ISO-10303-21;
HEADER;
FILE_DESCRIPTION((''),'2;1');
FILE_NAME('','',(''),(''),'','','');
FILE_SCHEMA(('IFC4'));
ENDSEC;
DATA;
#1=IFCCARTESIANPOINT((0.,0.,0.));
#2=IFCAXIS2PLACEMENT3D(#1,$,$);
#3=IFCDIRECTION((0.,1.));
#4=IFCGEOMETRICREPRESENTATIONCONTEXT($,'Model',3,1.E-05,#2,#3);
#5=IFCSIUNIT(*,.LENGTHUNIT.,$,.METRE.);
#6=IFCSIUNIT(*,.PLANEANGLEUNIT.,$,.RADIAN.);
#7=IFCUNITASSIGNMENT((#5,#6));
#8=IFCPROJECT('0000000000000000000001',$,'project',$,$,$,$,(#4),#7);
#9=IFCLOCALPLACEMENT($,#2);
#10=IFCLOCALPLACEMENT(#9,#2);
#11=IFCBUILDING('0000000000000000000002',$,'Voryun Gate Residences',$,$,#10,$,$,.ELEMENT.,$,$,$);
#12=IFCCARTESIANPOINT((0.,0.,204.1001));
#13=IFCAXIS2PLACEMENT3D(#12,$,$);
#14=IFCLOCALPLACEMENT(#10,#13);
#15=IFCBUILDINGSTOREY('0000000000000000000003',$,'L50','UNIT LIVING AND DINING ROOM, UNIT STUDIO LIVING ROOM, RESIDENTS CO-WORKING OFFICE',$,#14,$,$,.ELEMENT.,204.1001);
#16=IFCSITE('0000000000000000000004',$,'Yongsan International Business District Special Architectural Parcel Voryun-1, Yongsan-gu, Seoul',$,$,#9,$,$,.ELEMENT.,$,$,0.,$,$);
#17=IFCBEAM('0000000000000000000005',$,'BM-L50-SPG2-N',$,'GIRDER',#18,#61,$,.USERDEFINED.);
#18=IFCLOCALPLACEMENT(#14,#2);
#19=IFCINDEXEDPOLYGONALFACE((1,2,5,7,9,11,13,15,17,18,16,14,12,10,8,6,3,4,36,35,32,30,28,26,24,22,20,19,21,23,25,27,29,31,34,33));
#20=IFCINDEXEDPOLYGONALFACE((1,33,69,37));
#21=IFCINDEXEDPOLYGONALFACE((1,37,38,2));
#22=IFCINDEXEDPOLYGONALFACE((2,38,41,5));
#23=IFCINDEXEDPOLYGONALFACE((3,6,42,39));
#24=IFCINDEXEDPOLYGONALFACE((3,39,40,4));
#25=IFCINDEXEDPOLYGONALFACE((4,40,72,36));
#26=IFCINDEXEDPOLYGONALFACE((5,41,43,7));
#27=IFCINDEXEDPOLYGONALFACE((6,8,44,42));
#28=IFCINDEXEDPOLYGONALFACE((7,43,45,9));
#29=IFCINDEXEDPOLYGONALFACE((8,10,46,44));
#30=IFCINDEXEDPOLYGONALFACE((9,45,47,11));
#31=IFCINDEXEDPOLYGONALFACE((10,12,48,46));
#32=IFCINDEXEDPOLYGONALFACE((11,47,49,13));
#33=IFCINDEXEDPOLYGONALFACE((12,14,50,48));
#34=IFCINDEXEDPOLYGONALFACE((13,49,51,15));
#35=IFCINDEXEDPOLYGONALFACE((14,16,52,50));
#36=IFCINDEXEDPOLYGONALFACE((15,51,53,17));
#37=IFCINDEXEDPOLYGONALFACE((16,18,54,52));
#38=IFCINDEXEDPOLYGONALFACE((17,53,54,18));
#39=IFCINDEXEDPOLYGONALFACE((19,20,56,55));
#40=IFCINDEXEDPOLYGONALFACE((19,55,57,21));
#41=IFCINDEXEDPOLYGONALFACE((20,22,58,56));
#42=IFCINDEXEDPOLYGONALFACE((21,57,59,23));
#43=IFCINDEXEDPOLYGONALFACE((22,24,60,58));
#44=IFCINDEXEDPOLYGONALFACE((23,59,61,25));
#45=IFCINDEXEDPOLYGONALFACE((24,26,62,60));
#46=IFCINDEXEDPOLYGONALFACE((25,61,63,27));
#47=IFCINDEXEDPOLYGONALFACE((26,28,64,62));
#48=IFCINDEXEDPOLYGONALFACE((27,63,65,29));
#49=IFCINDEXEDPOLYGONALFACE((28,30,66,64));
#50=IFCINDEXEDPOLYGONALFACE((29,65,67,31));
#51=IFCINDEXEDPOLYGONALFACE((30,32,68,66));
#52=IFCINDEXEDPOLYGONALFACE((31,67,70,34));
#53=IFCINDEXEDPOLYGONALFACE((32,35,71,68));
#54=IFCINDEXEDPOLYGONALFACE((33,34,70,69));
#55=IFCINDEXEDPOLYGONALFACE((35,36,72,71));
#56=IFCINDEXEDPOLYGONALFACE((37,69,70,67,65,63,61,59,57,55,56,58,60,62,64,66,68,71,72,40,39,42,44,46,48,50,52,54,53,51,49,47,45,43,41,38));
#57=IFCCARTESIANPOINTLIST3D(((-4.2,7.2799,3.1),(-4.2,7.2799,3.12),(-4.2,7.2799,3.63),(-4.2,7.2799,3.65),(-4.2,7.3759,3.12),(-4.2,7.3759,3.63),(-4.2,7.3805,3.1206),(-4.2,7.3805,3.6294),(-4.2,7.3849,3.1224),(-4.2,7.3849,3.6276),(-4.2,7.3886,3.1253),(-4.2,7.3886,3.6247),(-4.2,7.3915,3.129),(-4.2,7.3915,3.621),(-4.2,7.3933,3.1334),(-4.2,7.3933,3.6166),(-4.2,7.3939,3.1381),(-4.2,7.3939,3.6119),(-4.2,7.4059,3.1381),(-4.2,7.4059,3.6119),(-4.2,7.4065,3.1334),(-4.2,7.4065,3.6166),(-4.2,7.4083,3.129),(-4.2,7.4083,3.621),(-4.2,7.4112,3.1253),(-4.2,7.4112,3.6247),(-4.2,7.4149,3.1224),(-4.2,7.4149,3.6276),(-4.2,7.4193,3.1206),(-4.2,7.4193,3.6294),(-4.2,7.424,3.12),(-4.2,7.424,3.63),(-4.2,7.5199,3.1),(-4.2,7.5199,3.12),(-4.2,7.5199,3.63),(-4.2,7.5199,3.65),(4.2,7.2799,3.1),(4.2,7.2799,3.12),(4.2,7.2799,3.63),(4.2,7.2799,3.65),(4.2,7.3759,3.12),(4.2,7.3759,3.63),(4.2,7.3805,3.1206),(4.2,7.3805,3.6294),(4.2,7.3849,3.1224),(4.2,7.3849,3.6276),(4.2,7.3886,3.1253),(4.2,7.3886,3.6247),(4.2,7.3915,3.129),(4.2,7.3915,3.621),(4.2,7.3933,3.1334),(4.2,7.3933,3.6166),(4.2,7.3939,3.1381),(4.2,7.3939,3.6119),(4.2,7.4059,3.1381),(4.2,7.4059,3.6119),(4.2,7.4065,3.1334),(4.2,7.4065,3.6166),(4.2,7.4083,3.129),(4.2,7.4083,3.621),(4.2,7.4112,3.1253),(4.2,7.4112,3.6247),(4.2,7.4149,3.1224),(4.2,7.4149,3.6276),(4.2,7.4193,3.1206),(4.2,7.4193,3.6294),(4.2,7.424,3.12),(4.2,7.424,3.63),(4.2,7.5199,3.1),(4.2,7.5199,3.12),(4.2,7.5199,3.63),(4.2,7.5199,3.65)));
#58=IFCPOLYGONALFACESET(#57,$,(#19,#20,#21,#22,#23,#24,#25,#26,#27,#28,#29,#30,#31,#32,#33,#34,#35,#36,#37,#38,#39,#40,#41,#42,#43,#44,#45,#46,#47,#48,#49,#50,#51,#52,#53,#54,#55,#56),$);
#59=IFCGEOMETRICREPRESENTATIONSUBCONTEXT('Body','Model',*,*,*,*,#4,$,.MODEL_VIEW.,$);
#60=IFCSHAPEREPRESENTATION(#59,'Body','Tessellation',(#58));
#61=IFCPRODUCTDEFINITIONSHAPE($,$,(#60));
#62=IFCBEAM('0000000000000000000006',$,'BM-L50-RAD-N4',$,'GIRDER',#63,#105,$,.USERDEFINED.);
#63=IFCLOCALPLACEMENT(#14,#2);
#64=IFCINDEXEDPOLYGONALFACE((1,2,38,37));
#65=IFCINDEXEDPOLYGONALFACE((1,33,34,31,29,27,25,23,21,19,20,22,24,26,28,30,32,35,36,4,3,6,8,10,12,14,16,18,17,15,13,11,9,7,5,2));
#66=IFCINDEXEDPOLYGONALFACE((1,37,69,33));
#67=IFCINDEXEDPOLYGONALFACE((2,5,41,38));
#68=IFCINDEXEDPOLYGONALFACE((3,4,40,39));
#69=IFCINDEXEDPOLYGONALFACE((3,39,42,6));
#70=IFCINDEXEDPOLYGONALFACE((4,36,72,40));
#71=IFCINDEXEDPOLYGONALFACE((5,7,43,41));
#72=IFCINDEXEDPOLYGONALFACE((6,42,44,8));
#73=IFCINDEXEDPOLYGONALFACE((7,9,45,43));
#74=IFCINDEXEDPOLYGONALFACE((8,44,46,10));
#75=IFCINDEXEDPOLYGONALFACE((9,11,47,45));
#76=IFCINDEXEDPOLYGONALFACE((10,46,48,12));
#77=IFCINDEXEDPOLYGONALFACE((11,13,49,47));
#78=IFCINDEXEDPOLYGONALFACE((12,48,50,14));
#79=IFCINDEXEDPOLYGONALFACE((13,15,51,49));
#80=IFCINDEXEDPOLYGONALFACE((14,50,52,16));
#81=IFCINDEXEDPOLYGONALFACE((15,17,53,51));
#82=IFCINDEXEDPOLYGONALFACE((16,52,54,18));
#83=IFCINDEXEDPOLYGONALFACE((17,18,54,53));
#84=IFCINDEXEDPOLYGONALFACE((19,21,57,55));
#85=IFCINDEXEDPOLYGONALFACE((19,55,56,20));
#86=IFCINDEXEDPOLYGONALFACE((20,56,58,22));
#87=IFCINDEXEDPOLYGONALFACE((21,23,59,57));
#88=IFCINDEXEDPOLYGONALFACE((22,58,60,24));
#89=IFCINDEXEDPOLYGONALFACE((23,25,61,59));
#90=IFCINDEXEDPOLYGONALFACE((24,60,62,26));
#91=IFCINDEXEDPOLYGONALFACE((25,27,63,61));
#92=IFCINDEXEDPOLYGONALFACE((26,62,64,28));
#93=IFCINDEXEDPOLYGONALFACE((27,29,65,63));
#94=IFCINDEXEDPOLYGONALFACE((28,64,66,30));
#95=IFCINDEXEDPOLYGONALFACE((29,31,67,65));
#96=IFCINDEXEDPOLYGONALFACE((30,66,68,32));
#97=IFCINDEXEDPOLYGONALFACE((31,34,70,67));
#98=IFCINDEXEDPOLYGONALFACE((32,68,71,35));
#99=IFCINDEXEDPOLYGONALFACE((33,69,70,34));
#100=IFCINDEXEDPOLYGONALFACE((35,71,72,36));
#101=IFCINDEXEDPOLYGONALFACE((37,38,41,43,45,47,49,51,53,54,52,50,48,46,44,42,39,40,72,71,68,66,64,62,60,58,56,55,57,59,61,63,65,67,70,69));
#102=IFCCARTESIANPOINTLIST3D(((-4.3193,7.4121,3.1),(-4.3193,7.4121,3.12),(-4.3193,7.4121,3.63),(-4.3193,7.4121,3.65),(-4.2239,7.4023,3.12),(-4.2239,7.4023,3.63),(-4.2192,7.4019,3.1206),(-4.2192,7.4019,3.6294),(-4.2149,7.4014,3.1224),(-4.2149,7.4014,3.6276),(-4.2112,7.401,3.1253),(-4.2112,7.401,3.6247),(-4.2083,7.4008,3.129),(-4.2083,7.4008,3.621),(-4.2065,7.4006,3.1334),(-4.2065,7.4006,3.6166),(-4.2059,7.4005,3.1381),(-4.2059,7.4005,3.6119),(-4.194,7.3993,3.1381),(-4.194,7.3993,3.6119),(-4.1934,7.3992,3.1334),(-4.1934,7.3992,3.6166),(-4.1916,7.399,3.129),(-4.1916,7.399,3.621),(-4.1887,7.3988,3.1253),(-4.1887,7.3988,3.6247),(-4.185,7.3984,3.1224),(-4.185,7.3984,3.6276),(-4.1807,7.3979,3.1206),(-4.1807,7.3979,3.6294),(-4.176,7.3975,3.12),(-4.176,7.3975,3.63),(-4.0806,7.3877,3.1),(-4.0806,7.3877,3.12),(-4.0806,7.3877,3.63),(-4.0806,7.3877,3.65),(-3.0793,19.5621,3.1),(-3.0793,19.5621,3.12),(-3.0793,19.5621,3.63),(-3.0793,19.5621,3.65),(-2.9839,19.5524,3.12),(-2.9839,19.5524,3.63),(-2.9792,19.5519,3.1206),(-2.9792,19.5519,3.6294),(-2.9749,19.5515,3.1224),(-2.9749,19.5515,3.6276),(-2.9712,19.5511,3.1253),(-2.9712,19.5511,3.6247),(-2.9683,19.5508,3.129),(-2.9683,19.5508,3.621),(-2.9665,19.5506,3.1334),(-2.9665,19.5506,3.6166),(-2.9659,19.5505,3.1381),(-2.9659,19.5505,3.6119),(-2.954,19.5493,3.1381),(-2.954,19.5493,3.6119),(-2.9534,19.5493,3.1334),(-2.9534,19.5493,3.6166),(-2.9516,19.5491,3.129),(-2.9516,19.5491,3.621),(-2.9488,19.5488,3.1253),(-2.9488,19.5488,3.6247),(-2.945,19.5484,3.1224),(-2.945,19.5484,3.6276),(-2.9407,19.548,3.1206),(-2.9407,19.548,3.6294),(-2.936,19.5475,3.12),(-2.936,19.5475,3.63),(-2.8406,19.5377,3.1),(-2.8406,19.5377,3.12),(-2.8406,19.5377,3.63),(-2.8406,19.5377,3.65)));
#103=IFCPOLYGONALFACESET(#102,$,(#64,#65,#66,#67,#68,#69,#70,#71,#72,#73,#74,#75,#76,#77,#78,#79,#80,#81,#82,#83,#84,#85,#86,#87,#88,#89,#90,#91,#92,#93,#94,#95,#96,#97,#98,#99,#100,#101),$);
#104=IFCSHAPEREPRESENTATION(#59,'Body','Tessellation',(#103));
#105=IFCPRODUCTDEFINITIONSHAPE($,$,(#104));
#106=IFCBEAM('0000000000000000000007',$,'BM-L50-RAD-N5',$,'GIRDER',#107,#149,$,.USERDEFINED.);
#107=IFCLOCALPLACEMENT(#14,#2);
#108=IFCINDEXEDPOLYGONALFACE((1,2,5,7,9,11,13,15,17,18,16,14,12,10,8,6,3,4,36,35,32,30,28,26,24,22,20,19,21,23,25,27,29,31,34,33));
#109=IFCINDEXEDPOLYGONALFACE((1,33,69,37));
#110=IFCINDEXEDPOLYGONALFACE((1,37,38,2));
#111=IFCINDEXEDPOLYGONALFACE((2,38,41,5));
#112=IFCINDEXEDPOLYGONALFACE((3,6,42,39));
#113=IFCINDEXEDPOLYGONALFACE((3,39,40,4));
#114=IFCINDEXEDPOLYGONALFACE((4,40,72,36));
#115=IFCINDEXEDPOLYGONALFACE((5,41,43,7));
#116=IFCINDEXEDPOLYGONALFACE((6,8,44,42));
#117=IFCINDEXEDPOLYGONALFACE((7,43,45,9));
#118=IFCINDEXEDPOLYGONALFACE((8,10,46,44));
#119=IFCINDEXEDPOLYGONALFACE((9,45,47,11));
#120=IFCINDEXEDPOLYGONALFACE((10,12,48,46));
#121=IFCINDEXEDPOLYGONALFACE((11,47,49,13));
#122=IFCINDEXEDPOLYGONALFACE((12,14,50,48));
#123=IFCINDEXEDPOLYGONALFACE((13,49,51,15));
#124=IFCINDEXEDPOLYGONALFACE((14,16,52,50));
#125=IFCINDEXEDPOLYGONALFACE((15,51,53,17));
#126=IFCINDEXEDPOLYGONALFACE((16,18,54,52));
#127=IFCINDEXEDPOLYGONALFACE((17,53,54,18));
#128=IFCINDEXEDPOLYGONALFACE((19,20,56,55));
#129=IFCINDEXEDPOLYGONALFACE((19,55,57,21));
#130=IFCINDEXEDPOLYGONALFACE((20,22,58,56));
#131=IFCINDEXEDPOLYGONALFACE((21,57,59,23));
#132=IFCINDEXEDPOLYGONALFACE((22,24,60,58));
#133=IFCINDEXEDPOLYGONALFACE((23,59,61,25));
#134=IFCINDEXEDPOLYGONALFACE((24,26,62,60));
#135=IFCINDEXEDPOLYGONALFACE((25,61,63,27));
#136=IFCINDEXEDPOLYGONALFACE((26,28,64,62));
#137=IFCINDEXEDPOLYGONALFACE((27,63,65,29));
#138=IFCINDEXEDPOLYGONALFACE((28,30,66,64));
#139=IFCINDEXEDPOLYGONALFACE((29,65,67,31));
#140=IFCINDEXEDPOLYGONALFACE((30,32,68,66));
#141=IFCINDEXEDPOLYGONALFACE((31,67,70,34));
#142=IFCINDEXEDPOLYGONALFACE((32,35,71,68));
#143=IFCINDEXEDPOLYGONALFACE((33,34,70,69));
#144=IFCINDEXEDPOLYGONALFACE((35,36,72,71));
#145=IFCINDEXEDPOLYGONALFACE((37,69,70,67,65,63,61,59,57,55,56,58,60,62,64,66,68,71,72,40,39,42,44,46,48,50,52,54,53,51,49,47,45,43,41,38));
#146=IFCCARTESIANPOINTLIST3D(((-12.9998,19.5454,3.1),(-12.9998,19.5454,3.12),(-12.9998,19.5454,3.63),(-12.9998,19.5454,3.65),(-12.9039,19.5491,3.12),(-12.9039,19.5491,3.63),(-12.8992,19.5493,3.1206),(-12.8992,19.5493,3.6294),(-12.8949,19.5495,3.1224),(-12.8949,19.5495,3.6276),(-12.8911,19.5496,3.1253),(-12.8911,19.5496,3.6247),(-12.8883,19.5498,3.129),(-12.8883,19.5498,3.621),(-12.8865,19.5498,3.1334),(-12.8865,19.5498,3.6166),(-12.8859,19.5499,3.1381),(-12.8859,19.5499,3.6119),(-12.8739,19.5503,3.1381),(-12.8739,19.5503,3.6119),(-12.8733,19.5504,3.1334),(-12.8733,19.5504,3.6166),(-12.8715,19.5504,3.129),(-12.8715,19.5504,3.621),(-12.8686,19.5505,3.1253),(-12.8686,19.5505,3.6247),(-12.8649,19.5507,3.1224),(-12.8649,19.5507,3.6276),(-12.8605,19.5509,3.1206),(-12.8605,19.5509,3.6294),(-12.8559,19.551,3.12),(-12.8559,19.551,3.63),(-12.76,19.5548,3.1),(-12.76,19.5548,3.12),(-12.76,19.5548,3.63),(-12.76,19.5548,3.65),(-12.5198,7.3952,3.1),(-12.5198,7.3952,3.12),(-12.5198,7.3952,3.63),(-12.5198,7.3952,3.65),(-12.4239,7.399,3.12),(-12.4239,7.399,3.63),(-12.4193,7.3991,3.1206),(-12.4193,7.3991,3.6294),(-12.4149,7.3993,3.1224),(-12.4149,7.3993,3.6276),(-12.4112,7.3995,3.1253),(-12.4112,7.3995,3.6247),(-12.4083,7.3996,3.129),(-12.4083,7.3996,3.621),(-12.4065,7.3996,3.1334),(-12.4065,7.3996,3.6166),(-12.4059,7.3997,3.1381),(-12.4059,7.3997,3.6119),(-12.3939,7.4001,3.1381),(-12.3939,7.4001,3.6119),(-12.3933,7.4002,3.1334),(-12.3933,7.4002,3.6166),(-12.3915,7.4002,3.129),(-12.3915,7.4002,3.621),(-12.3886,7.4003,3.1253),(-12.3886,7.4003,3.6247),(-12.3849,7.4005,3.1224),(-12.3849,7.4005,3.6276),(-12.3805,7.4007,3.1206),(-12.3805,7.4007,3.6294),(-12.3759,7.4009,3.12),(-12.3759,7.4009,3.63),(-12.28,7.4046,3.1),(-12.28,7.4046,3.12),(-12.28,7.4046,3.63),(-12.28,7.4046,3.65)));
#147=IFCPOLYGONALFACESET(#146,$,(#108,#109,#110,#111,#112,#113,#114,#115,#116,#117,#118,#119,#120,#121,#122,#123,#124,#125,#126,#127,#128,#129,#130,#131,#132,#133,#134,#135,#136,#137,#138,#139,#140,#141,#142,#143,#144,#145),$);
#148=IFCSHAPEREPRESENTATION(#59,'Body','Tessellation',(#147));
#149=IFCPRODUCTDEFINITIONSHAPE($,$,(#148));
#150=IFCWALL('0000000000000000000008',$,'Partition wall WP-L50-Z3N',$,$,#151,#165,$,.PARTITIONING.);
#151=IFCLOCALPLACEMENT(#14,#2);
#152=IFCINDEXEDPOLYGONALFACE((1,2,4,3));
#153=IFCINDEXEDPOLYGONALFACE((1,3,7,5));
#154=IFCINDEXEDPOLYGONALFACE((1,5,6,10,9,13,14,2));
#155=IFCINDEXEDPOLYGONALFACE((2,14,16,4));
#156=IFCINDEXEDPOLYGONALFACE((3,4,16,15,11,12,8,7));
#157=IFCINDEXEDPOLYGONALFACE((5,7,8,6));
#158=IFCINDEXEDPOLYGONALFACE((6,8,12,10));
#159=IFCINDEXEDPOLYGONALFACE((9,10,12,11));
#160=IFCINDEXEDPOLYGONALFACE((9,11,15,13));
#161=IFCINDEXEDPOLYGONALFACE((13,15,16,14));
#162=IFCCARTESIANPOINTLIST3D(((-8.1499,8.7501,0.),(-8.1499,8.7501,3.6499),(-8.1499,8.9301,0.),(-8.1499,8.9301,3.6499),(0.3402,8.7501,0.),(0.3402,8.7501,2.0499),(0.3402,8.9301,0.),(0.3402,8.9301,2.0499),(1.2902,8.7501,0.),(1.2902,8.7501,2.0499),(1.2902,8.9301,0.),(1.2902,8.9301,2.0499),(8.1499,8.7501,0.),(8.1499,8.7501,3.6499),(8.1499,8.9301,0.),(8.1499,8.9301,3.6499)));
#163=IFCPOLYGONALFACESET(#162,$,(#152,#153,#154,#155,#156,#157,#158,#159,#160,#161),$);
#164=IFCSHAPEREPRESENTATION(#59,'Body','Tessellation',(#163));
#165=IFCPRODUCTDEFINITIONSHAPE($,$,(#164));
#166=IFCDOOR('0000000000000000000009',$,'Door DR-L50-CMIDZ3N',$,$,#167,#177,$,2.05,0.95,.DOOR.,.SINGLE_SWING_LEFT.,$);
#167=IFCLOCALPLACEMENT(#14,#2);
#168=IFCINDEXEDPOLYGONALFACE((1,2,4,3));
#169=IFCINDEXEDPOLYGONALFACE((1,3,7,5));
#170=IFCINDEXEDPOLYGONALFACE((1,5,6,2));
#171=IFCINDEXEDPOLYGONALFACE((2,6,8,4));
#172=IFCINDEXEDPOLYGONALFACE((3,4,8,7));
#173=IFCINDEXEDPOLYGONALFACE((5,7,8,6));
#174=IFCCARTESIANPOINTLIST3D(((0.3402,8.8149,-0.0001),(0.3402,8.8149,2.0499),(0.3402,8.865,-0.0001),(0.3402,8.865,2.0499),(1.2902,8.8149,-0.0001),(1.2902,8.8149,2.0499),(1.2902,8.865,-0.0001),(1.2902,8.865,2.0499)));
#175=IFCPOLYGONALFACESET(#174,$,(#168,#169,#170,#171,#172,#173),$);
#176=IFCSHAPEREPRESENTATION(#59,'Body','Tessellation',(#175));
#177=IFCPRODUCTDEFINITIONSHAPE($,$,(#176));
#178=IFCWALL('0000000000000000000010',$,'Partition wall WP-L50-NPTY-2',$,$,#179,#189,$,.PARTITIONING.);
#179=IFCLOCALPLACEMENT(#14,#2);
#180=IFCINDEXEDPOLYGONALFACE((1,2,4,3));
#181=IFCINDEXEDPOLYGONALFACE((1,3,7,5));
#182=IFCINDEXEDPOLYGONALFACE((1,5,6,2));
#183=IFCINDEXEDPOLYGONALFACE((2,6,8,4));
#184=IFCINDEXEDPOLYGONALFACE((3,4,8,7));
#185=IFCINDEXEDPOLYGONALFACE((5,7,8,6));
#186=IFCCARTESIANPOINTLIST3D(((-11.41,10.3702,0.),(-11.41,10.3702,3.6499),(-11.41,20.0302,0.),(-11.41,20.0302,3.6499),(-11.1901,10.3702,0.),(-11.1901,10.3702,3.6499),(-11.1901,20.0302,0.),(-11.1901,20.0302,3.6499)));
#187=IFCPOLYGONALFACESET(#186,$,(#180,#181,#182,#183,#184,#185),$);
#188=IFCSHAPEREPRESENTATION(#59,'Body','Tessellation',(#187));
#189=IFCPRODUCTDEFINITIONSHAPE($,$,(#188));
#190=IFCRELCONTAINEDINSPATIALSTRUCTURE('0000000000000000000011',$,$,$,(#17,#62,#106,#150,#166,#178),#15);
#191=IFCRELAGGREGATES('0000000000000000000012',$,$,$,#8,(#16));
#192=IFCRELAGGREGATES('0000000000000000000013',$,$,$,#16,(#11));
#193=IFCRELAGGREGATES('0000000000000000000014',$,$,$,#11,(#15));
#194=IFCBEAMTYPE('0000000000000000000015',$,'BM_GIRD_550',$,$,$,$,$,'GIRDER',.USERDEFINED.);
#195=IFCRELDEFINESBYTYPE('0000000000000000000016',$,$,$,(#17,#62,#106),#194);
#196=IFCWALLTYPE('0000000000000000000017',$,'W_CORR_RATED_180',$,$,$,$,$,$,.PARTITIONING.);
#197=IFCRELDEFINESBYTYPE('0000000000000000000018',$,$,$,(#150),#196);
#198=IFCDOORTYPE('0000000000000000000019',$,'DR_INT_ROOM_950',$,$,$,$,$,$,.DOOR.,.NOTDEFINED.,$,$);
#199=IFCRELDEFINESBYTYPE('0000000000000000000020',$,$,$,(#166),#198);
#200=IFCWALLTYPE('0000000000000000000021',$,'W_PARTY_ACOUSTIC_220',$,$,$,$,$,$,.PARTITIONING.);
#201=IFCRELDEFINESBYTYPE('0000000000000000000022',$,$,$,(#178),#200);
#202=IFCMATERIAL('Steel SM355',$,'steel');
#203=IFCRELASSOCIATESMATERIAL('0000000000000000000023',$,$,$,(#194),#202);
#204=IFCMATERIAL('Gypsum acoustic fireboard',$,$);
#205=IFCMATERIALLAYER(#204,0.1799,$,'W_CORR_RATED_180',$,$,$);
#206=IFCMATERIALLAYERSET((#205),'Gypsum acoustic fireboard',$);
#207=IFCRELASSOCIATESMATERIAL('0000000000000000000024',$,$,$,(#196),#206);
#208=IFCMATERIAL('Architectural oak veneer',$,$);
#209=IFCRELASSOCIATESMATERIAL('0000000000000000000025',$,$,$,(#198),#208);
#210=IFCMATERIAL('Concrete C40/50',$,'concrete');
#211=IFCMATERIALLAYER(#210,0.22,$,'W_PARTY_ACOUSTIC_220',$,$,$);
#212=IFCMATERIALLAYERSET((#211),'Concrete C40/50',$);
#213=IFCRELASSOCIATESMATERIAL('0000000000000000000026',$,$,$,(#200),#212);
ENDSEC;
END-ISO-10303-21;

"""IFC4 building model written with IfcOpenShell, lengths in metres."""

from ifc_helpers import new_model, si_unit, direction, frame, frame_2d, origin, origin_2d, place, context, subcontext, project, spatial, rectangle, i_section, extrude, material, layer, layer_set, material_profile, profile_set, type_object, element, fill, save


model = new_model("IFC4")

# Units and contexts
model_context = context("Model", 3, precision=1e-05, world=origin(), true_north=direction((0.0, 1.0)))
body_context = subcontext(model_context, "Body", "Model", "MODEL_VIEW")
ifc_project = project(units=[si_unit("LENGTHUNIT", "METRE"), si_unit("PLANEANGLEUNIT", "RADIAN")], contexts=[model_context])

# Site, building, storey
site_placement = place(None, origin())
site = spatial("IfcSite", under=ifc_project, at=site_placement, Name="Yongsan International Business District Special Architectural Parcel Voryun-1, Yongsan-gu, Seoul", CompositionType="ELEMENT", RefElevation=0.0)
building_placement = place(site_placement, origin())
building = spatial("IfcBuilding", under=site, at=building_placement, Name="Voryun Gate Residences", CompositionType="ELEMENT")
storey_placement = place(building_placement, frame((0.0, 0.0, 204.1001)))
storey = spatial("IfcBuildingStorey", under=building, at=storey_placement, Name="L50", Description="UNIT LIVING AND DINING ROOM, UNIT STUDIO LIVING ROOM, RESIDENTS CO-WORKING OFFICE", CompositionType="ELEMENT", Elevation=204.1001)

# Beams
ifc_material_1 = material(Name="Steel SM355", Category="steel")
ifc_material_profile_1 = material_profile(ifc_material_1, i_section(OverallWidth=0.24, OverallDepth=0.55, WebThickness=0.012, FlangeThickness=0.02, FilletRadius=0.0181, at=origin_2d()), Name="H-550x240x12x20")
ifc_profile_set_1 = profile_set([ifc_material_profile_1], Name="Steel SM355")
beam_type_1 = type_object("IfcBeamType", Name="BM_GIRD_550", ElementType="GIRDER", PredefinedType="USERDEFINED", material=ifc_profile_set_1)
beam_1_placement = place(storey_placement, frame((-4.2, 7.3999, 3.375), z_axis=(1.0, 0.0, 0.0), x_axis=(0.0, 1.0, 0.0)))
element("IfcBeam", 1, at=beam_1_placement, inside=storey, type_object=beam_type_1, Name="BM-L50-SPG2-N", ObjectType="GIRDER", PredefinedType="USERDEFINED", context=body_context, shape_type="SweptSolid", body=[
    extrude(i_section(OverallWidth=0.24, OverallDepth=0.55, WebThickness=0.012, FlangeThickness=0.02, FilletRadius=0.0181, at=origin_2d()), origin(), (0.0, 0.0, 1.0), 8.3999),
])
beam_2_placement = place(storey_placement, frame((-4.2, 7.3999, 3.375), z_axis=(0.101528, 0.994833, 0.0), x_axis=(-0.994833, 0.101528, 0.0)))
element("IfcBeam", 2, at=beam_2_placement, inside=storey, type_object=beam_type_1, Name="BM-L50-RAD-N4", ObjectType="GIRDER", PredefinedType="USERDEFINED", context=body_context, shape_type="SweptSolid", body=[
    extrude(i_section(OverallWidth=0.24, OverallDepth=0.55, WebThickness=0.012, FlangeThickness=0.02, FilletRadius=0.0181, at=origin_2d()), origin(), (0.0, 0.0, 1.0), 12.2131),
])
beam_3_placement = place(storey_placement, frame((-12.3999, 7.3999, 3.375), z_axis=(-0.039473, 0.999221, 0.0), x_axis=(-0.999221, -0.039473, 0.0)))
element("IfcBeam", 3, at=beam_3_placement, inside=storey, type_object=beam_type_1, Name="BM-L50-RAD-N5", ObjectType="GIRDER", PredefinedType="USERDEFINED", context=body_context, shape_type="SweptSolid", body=[
    extrude(i_section(OverallWidth=0.24, OverallDepth=0.55, WebThickness=0.012, FlangeThickness=0.02, FilletRadius=0.0181, at=origin_2d()), origin(), (0.0, 0.0, 1.0), 12.1597),
])

# Wall, opening, door
ifc_material_2 = material(Name="Gypsum acoustic fireboard")
ifc_layer_1 = layer(ifc_material_2, 0.1799, Name="W_CORR_RATED_180")
ifc_layer_set_1 = layer_set([ifc_layer_1], Name="Gypsum acoustic fireboard")
wall_type_1 = type_object("IfcWallType", Name="W_CORR_RATED_180", PredefinedType="PARTITIONING", material=ifc_layer_set_1)
wall_1_placement = place(storey_placement, frame((-8.1499, 8.8401, 0.0), z_axis=(0.0, 0.0, 1.0), x_axis=(1.0, 0.0, 0.0)))
wall_1 = element("IfcWall", 4, at=wall_1_placement, inside=storey, type_object=wall_type_1, Name="Partition wall WP-L50-Z3N", PredefinedType="PARTITIONING", context=body_context, shape_type="SweptSolid", body=[
    extrude(rectangle(XDim=16.2998, YDim=0.1799, at=frame_2d((8.1499, 0.0))), origin(), (0.0, 0.0, 1.0), 3.6499),
])
opening_1_placement = place(wall_1_placement, frame((8.49, 0.0, 0.0)))
opening_1 = element("IfcOpeningElement", 5, at=opening_1_placement, cuts=wall_1, PredefinedType="OPENING", context=body_context, shape_type="SweptSolid", body=[
    extrude(rectangle(XDim=0.95, YDim=2.05, at=frame_2d((0.4751, 1.0249))), frame((0.0, 0.0999, 0.0), z_axis=(0.0, -1.0, 0.0), x_axis=(1.0, 0.0, 0.0)), (0.0, 0.0, 1.0), 0.2),
])
ifc_material_3 = material(Name="Architectural oak veneer")
door_type_1 = type_object("IfcDoorType", Name="DR_INT_ROOM_950", OperationType="NOTDEFINED", PredefinedType="DOOR", material=ifc_material_3)
door_1_placement = place(opening_1_placement, origin())
door_1 = element("IfcDoor", 6, at=door_1_placement, inside=storey, type_object=door_type_1, Name="Door DR-L50-CMIDZ3N", OperationType="SINGLE_SWING_LEFT", OverallHeight=2.05, OverallWidth=0.95, PredefinedType="DOOR", context=body_context, shape_type="SweptSolid", body=[
    extrude(rectangle(XDim=0.95, YDim=2.05, at=frame_2d((0.4751, 1.0249))), frame((0.0, 0.0249, 0.0), z_axis=(0.0, -1.0, 0.0), x_axis=(1.0, 0.0, 0.0)), (0.0, 0.0, 1.0), 0.05),
])
fill(opening_1, door_1)

# Wall
ifc_material_4 = material(Name="Concrete C40/50", Category="concrete")
ifc_layer_2 = layer(ifc_material_4, 0.22, Name="W_PARTY_ACOUSTIC_220")
ifc_layer_set_2 = layer_set([ifc_layer_2], Name="Concrete C40/50")
wall_type_2 = type_object("IfcWallType", Name="W_PARTY_ACOUSTIC_220", PredefinedType="PARTITIONING", material=ifc_layer_set_2)
for number, where, z_axis, x_axis, name in (
    (7, (-11.3, 10.3701, 0.0), (0.0, 0.0, 1.0), (0.0, 1.0, 0.0), "Partition wall WP-L50-NPTY-2"),
):
    element("IfcWall", number, at=place(storey_placement, frame(where, z_axis=z_axis, x_axis=x_axis)), inside=storey, type_object=wall_type_2, Name=name, PredefinedType="PARTITIONING", context=body_context, shape_type="SweptSolid", body=[
        extrude(rectangle(XDim=9.6599, YDim=0.22, at=frame_2d((4.8301, 0.0))), origin(), (0.0, 0.0, 1.0), 3.6499),
    ])

save(model, "model.ifc")
